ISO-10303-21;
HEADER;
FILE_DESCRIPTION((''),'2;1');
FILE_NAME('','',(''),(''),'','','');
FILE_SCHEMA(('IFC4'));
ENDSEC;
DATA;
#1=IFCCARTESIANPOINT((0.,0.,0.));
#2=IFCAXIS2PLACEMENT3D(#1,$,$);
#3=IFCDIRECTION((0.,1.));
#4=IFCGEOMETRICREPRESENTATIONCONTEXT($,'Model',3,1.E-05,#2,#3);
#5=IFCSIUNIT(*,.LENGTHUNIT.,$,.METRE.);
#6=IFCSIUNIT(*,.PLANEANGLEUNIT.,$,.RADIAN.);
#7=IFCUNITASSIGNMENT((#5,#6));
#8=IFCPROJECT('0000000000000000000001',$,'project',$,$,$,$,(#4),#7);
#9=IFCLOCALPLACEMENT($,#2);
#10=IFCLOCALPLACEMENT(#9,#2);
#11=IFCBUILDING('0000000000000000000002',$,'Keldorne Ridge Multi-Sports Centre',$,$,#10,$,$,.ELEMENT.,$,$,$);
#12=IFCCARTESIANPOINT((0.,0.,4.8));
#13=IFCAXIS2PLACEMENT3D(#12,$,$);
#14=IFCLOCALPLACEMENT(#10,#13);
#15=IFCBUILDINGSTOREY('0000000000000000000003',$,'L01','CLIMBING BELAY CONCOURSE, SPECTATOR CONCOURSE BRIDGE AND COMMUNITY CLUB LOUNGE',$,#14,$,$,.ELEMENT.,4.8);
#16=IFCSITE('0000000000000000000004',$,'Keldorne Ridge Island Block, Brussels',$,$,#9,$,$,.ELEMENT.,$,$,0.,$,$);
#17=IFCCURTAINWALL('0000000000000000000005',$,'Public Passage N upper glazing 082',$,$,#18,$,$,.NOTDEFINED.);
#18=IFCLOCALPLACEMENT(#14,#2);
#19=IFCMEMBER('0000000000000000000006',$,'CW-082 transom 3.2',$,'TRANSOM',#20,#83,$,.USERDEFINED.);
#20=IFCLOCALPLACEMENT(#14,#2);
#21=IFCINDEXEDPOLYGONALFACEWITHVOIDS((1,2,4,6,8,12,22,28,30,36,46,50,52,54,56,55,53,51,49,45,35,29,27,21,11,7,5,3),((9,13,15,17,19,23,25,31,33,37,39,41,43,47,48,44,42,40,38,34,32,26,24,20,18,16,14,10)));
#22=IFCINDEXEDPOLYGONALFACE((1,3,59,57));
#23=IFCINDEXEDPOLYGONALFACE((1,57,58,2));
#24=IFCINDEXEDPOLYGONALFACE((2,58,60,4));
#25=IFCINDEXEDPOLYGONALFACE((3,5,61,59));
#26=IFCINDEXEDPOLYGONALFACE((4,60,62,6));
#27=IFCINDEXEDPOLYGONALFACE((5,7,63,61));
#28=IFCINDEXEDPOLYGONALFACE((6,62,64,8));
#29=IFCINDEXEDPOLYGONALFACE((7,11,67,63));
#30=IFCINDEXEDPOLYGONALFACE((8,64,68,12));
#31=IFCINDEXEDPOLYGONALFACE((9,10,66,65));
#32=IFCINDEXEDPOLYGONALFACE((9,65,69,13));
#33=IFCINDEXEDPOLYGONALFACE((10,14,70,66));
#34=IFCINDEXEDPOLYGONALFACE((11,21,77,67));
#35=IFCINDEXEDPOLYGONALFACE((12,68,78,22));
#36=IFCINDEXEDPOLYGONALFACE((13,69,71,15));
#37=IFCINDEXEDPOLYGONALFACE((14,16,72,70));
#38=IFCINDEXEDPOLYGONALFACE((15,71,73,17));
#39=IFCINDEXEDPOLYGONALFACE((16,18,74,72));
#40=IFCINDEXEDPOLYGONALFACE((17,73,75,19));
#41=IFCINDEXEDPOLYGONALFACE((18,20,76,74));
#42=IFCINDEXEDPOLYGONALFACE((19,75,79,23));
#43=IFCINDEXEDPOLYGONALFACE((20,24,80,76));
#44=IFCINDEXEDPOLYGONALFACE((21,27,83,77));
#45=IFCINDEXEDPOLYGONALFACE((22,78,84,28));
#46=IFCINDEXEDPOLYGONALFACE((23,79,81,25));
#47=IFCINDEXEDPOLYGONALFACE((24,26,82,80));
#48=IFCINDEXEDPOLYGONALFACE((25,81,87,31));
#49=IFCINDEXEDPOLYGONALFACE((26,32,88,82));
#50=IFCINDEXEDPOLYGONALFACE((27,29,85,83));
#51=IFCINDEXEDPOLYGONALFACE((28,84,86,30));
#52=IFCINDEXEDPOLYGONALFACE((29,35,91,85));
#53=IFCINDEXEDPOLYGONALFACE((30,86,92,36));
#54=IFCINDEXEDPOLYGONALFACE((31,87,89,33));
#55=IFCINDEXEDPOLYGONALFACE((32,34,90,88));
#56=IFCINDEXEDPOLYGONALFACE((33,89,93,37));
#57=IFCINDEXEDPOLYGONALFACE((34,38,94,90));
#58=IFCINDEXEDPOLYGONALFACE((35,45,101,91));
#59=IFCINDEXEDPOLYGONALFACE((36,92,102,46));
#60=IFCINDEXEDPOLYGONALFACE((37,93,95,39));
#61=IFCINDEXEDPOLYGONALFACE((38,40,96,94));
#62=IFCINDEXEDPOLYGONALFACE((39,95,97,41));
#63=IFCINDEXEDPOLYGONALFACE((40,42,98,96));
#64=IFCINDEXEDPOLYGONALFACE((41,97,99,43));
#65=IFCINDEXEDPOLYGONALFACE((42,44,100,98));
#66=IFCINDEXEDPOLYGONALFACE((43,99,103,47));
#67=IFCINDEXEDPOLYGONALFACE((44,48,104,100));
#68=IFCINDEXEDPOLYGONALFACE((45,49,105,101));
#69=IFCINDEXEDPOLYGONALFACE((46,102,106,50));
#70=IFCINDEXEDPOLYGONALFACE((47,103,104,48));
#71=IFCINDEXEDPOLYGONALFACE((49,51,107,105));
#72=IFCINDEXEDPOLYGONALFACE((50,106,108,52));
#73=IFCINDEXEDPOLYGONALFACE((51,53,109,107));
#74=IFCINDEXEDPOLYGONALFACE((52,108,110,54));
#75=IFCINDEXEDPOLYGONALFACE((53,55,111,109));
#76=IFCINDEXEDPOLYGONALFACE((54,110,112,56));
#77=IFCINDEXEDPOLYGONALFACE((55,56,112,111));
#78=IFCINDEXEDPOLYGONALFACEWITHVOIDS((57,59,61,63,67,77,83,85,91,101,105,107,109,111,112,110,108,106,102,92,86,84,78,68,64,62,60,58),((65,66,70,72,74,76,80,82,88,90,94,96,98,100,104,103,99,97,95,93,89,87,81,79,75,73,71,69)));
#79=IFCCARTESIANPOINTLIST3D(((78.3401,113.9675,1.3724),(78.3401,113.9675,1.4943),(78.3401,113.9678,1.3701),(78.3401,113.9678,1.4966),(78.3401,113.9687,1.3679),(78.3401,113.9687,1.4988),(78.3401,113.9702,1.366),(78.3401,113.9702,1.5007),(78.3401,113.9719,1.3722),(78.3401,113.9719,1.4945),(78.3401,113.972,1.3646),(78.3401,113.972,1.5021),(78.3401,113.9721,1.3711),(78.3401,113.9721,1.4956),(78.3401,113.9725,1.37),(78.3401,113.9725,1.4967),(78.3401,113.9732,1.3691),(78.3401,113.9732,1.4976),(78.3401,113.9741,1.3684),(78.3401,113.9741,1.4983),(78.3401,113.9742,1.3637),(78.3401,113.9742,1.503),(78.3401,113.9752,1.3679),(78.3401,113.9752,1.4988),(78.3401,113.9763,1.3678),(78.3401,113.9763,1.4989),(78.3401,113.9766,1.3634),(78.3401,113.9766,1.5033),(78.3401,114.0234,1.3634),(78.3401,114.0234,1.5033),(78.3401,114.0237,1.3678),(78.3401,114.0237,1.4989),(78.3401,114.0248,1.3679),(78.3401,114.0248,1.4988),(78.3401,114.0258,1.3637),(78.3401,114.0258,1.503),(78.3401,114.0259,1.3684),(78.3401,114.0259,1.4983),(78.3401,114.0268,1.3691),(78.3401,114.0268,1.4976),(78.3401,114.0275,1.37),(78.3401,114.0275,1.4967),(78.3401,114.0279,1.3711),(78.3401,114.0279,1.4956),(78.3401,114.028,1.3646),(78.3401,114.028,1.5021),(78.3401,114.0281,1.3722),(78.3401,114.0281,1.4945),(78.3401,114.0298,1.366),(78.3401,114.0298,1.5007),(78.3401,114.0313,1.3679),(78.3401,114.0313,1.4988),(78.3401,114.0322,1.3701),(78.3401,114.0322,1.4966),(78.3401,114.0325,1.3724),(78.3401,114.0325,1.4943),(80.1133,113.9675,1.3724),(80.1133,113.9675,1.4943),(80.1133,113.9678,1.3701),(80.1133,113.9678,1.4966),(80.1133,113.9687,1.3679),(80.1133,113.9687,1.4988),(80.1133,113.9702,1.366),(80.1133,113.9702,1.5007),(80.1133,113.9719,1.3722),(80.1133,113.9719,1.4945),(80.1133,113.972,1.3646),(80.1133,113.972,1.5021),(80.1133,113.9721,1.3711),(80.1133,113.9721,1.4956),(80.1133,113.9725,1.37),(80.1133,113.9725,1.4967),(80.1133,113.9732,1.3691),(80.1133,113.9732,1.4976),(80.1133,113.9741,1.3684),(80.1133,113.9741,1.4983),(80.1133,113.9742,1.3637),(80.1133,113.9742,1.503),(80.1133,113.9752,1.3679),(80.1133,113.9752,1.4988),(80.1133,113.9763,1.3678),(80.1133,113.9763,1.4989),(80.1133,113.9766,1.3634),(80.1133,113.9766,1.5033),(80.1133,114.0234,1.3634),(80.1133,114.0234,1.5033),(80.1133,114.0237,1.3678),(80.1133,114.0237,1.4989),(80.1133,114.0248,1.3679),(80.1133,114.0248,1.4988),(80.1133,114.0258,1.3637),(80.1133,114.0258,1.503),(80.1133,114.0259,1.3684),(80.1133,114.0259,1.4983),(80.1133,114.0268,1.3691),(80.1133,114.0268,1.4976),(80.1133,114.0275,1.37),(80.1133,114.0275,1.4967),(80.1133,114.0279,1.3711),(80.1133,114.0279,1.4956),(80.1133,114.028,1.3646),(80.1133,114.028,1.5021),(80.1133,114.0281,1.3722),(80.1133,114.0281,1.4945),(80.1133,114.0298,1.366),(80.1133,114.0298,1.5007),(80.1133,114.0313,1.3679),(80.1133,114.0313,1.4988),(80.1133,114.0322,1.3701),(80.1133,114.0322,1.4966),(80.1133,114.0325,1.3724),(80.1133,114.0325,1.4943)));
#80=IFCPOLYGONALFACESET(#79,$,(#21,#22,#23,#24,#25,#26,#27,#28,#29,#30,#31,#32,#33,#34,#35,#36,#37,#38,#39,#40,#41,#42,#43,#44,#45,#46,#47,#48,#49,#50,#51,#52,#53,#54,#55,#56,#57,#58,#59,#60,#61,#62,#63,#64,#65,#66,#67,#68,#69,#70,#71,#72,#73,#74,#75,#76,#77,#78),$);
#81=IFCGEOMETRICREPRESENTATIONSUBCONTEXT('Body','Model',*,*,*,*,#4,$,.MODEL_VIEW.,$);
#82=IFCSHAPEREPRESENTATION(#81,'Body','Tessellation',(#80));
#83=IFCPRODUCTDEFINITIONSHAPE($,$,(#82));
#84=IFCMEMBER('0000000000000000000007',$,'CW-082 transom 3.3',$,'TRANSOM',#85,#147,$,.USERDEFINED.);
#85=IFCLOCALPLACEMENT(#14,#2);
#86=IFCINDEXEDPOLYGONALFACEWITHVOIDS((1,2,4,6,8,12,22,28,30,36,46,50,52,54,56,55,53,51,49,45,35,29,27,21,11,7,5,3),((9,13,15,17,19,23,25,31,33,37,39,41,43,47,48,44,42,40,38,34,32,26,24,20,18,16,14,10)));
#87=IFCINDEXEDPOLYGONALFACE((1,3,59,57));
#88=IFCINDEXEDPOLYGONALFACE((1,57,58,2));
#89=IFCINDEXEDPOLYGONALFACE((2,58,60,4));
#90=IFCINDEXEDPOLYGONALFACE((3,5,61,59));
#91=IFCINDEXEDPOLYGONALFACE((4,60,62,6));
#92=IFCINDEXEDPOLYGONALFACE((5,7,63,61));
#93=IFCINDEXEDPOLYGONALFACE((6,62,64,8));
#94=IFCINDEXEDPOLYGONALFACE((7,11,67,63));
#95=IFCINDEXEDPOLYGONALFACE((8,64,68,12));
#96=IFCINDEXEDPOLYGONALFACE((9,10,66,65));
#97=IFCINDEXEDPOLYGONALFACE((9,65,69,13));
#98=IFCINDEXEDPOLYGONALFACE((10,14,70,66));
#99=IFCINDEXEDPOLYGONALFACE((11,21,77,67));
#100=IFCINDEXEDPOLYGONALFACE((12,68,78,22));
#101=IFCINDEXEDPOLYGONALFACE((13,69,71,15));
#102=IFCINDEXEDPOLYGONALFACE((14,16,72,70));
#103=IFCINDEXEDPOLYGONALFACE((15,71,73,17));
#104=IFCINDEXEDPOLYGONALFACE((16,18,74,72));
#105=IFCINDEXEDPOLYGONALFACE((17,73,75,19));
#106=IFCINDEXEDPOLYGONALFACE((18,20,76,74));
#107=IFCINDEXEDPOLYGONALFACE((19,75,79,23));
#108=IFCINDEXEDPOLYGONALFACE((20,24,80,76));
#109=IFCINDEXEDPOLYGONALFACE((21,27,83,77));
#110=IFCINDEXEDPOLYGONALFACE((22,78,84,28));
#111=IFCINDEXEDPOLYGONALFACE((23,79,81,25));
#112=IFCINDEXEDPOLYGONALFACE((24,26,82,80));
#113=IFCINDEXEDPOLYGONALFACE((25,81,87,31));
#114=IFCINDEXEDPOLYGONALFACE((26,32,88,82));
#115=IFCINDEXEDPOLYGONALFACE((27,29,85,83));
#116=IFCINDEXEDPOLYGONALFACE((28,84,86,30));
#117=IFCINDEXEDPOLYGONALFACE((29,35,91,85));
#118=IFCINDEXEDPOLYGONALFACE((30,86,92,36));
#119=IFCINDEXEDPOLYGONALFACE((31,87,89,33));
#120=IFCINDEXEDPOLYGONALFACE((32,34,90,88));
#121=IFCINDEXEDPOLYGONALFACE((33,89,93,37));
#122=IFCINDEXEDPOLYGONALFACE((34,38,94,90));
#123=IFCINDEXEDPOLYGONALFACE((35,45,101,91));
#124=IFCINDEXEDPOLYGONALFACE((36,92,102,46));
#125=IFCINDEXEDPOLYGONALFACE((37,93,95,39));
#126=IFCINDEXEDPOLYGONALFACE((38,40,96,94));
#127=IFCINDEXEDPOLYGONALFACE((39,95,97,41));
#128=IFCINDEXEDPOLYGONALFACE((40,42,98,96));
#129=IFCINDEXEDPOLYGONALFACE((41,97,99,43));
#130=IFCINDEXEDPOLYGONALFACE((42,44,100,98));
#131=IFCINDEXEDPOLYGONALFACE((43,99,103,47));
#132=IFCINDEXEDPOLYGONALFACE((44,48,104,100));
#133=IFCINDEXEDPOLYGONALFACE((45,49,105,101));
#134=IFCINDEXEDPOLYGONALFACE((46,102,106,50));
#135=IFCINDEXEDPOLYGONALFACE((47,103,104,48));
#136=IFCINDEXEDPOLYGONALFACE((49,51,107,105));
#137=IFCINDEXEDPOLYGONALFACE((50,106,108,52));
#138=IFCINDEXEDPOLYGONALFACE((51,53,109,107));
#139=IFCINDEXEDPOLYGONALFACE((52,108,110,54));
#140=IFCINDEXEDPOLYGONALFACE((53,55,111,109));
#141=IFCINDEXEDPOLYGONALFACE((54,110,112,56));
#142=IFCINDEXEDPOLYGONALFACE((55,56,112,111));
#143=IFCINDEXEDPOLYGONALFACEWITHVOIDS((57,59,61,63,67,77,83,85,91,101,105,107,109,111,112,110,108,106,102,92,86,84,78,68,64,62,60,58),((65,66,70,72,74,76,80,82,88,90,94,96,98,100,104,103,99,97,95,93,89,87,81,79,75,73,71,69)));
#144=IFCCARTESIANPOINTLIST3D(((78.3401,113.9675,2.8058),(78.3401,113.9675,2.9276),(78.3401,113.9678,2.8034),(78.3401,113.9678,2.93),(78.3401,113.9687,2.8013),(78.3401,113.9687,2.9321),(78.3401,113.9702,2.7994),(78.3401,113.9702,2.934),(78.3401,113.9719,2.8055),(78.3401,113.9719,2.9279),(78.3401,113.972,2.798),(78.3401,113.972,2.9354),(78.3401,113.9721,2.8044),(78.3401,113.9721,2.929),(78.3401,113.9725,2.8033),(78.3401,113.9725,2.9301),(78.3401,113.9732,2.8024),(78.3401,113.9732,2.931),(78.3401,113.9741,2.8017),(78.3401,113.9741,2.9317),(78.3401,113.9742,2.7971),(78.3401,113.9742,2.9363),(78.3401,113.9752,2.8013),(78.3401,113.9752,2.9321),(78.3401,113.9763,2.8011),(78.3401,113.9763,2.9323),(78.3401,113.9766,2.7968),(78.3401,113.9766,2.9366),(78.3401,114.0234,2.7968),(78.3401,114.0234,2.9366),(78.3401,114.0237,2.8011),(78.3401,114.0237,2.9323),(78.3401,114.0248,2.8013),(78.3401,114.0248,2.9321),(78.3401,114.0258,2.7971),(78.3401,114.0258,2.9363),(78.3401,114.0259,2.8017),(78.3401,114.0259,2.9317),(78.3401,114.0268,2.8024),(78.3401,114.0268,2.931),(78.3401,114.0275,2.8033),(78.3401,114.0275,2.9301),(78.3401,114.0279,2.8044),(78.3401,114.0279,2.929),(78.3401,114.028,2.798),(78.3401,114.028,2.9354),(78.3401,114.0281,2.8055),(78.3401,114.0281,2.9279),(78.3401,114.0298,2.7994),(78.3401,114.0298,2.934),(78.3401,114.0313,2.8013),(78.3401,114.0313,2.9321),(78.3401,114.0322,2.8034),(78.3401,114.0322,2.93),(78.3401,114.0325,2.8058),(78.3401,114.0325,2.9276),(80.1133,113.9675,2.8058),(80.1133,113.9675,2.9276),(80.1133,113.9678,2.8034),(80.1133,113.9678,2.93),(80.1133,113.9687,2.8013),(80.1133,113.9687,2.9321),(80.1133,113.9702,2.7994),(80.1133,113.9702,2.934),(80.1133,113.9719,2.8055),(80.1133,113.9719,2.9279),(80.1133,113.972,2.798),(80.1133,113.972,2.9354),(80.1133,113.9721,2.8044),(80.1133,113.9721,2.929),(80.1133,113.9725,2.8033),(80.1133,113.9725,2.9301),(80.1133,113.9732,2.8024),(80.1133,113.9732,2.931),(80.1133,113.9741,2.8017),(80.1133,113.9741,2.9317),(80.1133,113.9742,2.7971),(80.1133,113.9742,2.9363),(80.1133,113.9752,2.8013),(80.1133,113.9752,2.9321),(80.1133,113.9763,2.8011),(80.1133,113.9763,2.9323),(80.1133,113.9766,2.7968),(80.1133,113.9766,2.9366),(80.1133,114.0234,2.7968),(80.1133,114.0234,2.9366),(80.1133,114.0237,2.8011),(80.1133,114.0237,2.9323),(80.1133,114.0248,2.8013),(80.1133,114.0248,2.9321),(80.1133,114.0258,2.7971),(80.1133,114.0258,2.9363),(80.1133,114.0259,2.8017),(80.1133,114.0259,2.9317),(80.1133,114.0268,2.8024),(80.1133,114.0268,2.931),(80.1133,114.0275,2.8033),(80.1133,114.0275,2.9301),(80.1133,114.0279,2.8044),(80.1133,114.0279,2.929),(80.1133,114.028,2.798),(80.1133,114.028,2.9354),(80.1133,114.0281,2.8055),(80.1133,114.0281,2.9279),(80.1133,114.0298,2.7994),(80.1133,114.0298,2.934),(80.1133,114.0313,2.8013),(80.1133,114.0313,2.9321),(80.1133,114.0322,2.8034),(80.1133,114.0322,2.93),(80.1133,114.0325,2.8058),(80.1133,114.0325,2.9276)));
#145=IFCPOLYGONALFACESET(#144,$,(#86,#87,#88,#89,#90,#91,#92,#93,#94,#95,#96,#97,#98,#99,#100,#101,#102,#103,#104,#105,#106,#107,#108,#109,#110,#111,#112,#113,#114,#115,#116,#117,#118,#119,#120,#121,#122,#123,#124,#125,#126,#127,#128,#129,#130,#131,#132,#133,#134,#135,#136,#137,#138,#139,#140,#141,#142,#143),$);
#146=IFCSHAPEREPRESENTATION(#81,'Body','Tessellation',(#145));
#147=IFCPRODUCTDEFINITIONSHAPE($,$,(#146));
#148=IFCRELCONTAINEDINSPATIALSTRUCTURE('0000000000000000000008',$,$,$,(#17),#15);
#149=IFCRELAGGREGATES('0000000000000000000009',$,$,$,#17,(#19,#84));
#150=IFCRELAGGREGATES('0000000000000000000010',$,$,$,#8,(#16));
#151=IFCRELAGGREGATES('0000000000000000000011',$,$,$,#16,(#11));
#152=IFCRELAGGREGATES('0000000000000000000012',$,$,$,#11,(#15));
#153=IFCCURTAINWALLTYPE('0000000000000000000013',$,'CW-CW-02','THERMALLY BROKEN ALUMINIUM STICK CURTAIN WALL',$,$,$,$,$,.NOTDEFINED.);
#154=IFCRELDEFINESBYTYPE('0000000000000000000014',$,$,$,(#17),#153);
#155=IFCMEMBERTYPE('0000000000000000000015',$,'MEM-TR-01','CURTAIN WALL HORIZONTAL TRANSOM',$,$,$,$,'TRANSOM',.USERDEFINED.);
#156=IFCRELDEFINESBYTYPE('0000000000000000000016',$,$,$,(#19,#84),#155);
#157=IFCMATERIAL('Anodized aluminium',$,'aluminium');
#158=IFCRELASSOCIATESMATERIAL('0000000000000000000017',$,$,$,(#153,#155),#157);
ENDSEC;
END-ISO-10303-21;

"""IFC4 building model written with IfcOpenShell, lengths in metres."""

from ifc_helpers import new_model, si_unit, direction, frame, origin, origin_2d, place, context, subcontext, project, spatial, hollow_rectangle, extrude, material, material_profile, profile_set, type_object, element, aggregate, save


model = new_model("IFC4")

# Units and contexts
model_context = context("Model", 3, precision=1e-05, world=origin(), true_north=direction((0.0, 1.0)))
body_context = subcontext(model_context, "Body", "Model", "MODEL_VIEW")
ifc_project = project(units=[si_unit("LENGTHUNIT", "METRE"), si_unit("PLANEANGLEUNIT", "RADIAN")], contexts=[model_context])

# Site, building, storey
site_placement = place(None, origin())
site = spatial("IfcSite", under=ifc_project, at=site_placement, Name="Keldorne Ridge Island Block, Brussels", CompositionType="ELEMENT", RefElevation=0.0)
building_placement = place(site_placement, origin())
building = spatial("IfcBuilding", under=site, at=building_placement, Name="Keldorne Ridge Multi-Sports Centre", CompositionType="ELEMENT")
storey_placement = place(building_placement, frame((0.0, 0.0, 4.8)))
storey = spatial("IfcBuildingStorey", under=building, at=storey_placement, Name="L01", Description="CLIMBING BELAY CONCOURSE, SPECTATOR CONCOURSE BRIDGE AND COMMUNITY CLUB LOUNGE", CompositionType="ELEMENT", Elevation=4.8)

# Curtain wall, members
ifc_material_1 = material(Name="Anodized aluminium", Category="aluminium")
curtain_wall_type = type_object("IfcCurtainWallType", Name="CW-CW-02", Description="THERMALLY BROKEN ALUMINIUM STICK CURTAIN WALL", PredefinedType="NOTDEFINED", material=ifc_material_1)
curtain_wall_placement = place(storey_placement, origin())
curtain_wall = element("IfcCurtainWall", 1, at=curtain_wall_placement, inside=storey, type_object=curtain_wall_type, Name="Public Passage N upper glazing 082", PredefinedType="NOTDEFINED")
ifc_material_profile_1 = material_profile(ifc_material_1, hollow_rectangle(XDim=0.0649, YDim=0.1399, WallThickness=0.0044, InnerFilletRadius=0.0044, OuterFilletRadius=0.009, at=origin_2d()), Name="ALU TRANSOM 140x65x4.5")
ifc_profile_set_1 = profile_set([ifc_material_profile_1], Name="Anodized aluminium")
member_type_1 = type_object("IfcMemberType", Name="MEM-TR-01", Description="CURTAIN WALL HORIZONTAL TRANSOM", ElementType="TRANSOM", PredefinedType="USERDEFINED", material=ifc_profile_set_1)
member_1_placement = place(storey_placement, frame((80.1133, 114.0, 1.4333), z_axis=(-1.0, 0.0, 0.0), x_axis=(0.0, -1.0, 0.0)))
member_1 = element("IfcMember", 2, at=member_1_placement, type_object=member_type_1, Name="CW-082 transom 3.2", ObjectType="TRANSOM", PredefinedType="USERDEFINED", context=body_context, shape_type="SweptSolid", body=[
    extrude(hollow_rectangle(XDim=0.0649, YDim=0.1399, WallThickness=0.0044, InnerFilletRadius=0.0044, OuterFilletRadius=0.009, at=origin_2d()), origin(), (0.0, 0.0, 1.0), 1.7732),
])
member_2_placement = place(storey_placement, frame((80.1133, 114.0, 2.8667), z_axis=(-1.0, 0.0, 0.0), x_axis=(0.0, -1.0, 0.0)))
member_2 = element("IfcMember", 3, at=member_2_placement, type_object=member_type_1, Name="CW-082 transom 3.3", ObjectType="TRANSOM", PredefinedType="USERDEFINED", context=body_context, shape_type="SweptSolid", body=[
    extrude(hollow_rectangle(XDim=0.0649, YDim=0.1399, WallThickness=0.0044, InnerFilletRadius=0.0044, OuterFilletRadius=0.009, at=origin_2d()), origin(), (0.0, 0.0, 1.0), 1.7732),
])
aggregate(curtain_wall, [member_1, member_2])

save(model, "model.ifc")
